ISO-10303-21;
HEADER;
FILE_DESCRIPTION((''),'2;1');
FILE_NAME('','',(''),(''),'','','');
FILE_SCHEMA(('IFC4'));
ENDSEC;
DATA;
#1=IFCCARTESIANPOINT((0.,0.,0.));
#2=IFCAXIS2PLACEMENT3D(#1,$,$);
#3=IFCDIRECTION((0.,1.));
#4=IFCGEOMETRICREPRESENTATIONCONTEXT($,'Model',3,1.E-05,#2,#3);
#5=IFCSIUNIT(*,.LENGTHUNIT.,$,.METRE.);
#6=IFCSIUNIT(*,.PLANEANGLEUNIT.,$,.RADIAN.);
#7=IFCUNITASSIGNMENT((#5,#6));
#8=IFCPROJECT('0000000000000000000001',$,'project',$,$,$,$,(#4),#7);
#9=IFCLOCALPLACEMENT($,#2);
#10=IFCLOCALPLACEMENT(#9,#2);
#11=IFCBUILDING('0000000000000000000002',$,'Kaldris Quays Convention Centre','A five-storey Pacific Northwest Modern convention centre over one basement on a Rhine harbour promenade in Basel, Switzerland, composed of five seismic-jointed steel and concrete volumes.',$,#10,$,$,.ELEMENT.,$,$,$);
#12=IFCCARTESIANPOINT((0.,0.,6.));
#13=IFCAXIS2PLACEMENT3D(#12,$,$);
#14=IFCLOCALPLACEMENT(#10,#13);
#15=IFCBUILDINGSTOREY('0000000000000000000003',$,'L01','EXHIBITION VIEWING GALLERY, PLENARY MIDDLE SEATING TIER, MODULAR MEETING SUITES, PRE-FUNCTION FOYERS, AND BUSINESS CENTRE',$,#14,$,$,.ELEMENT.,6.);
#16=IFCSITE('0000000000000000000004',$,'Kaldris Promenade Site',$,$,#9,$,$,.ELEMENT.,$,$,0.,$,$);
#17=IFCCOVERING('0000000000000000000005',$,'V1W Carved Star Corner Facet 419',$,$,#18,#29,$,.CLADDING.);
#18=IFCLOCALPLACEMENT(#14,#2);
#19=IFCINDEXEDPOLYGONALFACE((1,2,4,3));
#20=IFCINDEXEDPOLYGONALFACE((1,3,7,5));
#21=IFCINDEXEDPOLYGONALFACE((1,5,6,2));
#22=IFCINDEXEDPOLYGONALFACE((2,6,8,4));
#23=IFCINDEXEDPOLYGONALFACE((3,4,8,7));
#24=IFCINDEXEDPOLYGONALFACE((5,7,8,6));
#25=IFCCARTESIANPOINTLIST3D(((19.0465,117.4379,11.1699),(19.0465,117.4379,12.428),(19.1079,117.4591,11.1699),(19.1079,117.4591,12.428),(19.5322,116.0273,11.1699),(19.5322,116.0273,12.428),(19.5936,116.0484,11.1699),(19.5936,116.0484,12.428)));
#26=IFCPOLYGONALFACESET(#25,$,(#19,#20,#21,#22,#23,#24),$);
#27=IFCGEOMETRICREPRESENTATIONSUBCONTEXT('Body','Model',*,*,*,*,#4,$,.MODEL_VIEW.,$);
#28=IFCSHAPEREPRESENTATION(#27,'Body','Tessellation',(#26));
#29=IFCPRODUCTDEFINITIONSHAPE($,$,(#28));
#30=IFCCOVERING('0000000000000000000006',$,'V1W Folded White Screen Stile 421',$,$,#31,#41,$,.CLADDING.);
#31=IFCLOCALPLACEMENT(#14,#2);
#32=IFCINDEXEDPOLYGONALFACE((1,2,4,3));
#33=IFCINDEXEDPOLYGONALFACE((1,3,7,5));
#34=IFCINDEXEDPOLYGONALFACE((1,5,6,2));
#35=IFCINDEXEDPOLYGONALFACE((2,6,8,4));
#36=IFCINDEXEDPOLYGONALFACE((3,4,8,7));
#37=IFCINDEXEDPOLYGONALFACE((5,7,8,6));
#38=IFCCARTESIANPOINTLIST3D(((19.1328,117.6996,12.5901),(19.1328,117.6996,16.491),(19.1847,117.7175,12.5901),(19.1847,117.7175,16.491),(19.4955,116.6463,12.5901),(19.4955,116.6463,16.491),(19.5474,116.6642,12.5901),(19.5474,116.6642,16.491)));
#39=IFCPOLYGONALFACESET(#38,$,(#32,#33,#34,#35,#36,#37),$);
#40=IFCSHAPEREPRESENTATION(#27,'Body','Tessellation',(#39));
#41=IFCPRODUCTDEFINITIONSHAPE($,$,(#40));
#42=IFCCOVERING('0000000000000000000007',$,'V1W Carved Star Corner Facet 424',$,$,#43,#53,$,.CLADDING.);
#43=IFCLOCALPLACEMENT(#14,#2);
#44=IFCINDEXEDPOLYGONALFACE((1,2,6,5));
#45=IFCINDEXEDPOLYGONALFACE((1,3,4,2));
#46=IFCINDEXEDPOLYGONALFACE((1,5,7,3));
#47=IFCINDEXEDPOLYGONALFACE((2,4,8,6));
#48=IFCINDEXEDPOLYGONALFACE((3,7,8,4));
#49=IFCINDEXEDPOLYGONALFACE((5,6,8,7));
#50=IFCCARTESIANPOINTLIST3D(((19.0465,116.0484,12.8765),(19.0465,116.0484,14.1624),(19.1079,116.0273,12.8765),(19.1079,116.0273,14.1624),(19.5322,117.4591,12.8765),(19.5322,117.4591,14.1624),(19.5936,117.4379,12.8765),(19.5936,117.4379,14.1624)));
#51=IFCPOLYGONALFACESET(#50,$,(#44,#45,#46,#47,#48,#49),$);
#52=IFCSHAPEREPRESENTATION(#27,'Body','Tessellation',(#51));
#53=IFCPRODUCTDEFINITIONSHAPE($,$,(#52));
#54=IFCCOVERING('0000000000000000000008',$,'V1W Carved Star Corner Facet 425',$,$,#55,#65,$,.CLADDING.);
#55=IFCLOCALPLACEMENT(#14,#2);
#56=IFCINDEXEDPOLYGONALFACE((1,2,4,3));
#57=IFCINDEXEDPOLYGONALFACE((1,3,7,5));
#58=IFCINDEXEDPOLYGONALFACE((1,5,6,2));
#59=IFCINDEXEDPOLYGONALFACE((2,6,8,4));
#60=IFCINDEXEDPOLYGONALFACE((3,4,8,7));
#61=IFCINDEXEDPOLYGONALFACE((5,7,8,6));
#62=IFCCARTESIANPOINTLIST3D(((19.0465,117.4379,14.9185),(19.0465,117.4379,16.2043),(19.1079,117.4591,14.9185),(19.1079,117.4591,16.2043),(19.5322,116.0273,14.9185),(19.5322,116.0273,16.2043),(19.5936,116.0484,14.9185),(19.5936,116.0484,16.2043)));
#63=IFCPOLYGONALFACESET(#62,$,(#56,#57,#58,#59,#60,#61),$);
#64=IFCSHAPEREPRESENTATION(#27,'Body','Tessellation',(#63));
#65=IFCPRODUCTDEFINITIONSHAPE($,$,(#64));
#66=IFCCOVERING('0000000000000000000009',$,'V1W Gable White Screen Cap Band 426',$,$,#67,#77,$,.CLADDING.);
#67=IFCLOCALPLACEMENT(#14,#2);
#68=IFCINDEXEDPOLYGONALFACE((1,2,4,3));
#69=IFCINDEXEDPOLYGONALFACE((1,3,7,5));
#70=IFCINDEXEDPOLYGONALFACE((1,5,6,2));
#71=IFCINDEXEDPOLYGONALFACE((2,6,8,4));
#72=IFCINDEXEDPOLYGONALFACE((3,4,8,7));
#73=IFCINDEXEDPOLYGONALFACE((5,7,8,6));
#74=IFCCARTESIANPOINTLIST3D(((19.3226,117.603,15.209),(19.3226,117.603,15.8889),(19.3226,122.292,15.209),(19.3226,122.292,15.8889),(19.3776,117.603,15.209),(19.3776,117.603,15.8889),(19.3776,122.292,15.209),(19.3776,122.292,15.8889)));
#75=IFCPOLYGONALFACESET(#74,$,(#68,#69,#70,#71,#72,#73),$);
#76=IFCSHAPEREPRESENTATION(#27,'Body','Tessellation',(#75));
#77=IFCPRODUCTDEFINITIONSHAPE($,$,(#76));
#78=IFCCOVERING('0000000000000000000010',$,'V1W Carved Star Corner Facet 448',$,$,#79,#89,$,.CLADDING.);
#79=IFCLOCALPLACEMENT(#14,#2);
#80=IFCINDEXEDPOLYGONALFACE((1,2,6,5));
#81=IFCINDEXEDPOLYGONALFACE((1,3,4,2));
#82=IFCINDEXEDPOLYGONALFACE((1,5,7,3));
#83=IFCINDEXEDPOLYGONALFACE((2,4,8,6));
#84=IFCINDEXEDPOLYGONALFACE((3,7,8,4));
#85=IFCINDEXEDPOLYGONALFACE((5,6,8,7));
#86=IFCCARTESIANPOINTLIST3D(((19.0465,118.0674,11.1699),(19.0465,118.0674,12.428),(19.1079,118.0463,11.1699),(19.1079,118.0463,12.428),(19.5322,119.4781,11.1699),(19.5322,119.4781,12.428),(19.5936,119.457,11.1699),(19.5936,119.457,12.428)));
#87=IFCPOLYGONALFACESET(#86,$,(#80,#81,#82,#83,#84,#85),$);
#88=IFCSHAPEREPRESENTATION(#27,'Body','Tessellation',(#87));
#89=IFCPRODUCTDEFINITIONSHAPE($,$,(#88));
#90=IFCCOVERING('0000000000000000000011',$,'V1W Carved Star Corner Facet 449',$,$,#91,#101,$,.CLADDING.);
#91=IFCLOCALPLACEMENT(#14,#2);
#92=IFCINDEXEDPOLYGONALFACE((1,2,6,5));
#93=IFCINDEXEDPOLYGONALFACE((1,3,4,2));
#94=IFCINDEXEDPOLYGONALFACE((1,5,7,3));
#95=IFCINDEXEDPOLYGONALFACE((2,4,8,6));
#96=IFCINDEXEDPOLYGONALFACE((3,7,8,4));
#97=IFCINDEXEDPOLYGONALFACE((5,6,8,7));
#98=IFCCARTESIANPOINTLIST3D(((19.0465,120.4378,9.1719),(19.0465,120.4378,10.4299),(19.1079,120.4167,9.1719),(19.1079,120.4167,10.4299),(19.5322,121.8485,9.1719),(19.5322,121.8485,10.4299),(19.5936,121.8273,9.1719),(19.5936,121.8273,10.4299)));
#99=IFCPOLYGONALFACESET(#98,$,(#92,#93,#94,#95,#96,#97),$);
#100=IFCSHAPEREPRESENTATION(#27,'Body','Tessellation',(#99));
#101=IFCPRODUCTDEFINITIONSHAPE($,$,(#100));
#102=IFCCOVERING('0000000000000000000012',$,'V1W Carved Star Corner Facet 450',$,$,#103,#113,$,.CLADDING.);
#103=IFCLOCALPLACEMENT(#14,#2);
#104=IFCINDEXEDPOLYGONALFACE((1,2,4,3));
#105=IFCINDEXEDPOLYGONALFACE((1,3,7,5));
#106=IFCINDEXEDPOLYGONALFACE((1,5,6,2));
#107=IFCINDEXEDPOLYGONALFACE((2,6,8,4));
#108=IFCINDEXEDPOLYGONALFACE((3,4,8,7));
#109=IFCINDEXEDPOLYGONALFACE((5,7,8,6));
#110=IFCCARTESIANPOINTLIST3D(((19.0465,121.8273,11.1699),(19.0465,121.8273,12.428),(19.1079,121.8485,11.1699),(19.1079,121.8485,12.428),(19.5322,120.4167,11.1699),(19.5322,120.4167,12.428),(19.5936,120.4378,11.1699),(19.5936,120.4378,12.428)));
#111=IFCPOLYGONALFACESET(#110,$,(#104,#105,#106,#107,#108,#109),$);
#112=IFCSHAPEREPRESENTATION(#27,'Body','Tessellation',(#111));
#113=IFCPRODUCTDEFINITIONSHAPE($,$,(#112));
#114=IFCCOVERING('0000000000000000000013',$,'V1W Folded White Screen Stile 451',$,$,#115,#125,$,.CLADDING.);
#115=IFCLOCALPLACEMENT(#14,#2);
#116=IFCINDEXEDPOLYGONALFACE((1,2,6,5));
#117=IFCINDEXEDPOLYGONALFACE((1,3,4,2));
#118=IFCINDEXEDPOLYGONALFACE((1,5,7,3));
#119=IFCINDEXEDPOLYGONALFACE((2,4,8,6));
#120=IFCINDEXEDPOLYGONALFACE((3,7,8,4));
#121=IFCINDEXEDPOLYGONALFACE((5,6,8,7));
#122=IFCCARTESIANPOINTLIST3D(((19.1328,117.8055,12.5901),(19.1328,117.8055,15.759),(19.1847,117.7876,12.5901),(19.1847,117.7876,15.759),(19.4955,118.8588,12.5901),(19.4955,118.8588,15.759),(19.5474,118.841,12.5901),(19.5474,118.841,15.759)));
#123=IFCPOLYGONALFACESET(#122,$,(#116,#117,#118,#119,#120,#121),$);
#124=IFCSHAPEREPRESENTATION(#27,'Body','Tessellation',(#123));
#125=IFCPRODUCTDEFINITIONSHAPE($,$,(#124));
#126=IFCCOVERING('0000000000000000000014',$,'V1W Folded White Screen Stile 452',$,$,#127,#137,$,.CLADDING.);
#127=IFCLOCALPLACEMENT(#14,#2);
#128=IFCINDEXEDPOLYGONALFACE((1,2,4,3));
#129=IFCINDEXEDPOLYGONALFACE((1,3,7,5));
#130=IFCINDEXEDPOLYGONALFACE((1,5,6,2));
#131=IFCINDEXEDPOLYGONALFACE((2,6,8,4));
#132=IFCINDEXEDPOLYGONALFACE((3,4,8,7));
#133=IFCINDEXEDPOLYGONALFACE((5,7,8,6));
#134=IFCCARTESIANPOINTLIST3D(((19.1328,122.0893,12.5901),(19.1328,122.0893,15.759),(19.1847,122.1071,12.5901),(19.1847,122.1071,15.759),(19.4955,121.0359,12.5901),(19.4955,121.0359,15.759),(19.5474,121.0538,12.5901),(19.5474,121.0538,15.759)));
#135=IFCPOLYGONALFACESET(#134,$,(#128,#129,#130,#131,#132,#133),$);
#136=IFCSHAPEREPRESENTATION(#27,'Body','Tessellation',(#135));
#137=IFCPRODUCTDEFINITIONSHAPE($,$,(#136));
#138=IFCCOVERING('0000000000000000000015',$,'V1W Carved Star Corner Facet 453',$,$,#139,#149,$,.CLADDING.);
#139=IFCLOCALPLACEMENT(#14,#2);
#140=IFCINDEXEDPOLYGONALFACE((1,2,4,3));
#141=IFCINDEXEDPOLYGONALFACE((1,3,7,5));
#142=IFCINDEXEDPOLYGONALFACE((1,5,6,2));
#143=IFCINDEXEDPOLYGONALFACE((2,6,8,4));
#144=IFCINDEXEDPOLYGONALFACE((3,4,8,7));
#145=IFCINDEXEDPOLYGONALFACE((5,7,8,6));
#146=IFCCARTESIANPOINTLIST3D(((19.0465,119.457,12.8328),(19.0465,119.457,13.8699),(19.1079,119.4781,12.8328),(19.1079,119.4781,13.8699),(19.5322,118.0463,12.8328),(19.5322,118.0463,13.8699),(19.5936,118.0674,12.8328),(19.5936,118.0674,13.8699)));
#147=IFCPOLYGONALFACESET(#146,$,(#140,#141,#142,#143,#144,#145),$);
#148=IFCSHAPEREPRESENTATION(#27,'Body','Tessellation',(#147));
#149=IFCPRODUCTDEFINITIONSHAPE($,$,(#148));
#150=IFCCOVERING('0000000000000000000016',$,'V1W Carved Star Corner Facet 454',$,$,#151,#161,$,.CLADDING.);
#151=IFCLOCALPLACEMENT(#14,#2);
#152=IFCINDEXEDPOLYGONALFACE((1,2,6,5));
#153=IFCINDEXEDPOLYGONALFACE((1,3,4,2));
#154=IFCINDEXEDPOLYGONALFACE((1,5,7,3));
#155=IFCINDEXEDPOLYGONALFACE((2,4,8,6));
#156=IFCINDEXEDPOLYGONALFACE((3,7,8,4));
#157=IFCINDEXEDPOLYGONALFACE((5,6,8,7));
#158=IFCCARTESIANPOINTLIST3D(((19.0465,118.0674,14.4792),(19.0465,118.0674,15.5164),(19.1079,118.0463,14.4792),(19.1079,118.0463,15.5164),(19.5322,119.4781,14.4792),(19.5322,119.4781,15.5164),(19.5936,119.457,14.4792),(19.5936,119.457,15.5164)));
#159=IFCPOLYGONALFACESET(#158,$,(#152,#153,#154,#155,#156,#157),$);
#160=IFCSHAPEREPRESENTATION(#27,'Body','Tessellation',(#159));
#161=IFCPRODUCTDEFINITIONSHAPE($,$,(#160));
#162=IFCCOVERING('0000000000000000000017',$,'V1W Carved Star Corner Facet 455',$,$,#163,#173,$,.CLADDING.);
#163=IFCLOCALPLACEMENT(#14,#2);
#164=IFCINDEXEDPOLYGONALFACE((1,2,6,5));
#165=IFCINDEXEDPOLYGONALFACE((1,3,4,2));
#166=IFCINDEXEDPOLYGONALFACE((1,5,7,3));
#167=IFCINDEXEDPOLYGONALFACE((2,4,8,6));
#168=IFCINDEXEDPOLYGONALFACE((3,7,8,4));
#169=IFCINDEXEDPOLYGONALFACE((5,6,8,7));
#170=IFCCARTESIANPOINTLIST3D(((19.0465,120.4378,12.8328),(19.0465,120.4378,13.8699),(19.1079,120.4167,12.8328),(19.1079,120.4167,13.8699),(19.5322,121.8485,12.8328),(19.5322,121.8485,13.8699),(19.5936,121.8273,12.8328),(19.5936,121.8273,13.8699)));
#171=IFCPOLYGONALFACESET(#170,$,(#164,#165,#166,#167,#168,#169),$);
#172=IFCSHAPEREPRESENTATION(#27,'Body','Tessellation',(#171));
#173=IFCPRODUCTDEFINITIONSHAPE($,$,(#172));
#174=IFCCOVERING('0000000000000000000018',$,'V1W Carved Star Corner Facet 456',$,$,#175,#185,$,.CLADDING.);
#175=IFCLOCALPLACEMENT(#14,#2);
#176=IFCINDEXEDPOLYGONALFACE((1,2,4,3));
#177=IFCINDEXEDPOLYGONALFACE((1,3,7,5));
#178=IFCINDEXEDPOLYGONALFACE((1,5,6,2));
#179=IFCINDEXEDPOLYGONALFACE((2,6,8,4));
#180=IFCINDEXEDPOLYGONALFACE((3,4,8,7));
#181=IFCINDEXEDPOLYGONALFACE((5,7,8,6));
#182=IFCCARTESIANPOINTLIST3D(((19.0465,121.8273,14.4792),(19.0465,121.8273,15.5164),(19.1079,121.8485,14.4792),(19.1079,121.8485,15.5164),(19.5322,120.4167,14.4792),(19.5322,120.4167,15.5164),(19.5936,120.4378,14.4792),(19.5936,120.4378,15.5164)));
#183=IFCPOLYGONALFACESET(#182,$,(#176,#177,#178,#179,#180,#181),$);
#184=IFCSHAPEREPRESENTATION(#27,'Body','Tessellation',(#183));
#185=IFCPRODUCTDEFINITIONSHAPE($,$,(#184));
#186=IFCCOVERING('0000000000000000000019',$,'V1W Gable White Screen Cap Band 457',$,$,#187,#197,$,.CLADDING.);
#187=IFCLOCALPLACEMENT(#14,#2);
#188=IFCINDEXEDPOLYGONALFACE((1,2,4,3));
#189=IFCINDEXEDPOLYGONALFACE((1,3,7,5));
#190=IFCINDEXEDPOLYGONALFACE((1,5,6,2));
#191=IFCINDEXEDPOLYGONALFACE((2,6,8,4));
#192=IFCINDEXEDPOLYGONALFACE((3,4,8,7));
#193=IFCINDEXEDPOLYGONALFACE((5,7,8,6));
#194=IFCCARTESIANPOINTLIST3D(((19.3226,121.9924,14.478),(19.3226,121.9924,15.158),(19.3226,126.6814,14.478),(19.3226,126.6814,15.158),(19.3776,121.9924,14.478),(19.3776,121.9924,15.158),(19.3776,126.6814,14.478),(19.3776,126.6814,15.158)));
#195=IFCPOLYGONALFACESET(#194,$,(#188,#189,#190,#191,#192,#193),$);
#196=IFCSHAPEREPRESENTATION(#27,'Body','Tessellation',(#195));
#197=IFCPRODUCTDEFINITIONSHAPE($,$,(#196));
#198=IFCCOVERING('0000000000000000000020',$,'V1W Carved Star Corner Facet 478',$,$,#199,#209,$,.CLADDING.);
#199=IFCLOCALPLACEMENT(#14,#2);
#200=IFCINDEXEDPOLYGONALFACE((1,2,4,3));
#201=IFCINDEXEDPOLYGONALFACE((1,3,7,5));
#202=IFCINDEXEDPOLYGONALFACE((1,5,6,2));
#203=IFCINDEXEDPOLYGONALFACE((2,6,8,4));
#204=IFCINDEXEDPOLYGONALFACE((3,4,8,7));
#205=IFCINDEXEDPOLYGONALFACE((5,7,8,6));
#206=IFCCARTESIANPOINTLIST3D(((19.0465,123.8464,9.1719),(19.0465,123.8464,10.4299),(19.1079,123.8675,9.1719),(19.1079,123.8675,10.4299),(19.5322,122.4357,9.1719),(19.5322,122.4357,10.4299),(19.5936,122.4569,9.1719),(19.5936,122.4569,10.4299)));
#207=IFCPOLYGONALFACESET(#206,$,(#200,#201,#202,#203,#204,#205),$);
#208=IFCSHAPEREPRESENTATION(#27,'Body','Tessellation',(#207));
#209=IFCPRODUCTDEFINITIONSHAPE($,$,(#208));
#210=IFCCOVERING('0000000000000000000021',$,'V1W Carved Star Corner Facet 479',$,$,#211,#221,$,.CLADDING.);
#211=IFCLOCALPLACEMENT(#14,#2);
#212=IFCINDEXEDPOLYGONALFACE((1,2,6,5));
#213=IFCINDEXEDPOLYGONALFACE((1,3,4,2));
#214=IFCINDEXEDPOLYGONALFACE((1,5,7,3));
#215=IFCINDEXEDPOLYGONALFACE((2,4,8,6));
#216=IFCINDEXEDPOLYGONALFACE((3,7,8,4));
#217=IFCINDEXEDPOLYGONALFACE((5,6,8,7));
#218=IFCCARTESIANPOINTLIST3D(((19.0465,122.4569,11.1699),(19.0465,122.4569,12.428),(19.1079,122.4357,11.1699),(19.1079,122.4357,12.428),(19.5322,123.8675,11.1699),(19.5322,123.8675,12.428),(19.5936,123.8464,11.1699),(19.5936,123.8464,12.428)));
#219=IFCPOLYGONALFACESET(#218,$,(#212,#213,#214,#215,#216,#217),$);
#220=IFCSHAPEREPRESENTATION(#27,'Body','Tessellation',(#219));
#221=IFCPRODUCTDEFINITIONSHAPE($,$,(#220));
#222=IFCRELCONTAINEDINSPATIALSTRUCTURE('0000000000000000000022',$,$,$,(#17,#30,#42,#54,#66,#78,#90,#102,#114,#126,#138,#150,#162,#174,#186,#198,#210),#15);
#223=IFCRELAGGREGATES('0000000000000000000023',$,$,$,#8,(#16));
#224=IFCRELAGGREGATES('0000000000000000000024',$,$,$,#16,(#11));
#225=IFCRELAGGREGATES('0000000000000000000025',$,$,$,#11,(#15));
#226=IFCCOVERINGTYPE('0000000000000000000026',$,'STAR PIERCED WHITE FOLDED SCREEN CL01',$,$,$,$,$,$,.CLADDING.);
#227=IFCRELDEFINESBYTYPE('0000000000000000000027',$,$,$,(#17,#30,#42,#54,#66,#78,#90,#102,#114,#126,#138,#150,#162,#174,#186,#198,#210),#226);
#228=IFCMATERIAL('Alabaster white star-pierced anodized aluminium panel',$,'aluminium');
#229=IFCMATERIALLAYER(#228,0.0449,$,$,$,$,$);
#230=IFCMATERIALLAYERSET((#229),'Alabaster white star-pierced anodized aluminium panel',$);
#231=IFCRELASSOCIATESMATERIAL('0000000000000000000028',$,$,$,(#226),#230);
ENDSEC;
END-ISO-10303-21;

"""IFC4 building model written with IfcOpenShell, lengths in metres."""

from ifc_helpers import new_model, si_unit, direction, frame, origin, origin_2d, place, context, subcontext, project, spatial, rectangle, extrude, material, layer, layer_set, type_object, element, save


model = new_model("IFC4")

# Units and contexts
model_context = context("Model", 3, precision=1e-05, world=origin(), true_north=direction((0.0, 1.0)))
body_context = subcontext(model_context, "Body", "Model", "MODEL_VIEW")
ifc_project = project(units=[si_unit("LENGTHUNIT", "METRE"), si_unit("PLANEANGLEUNIT", "RADIAN")], contexts=[model_context])

# Site, building, storey
site_placement = place(None, origin())
site = spatial("IfcSite", under=ifc_project, at=site_placement, Name="Kaldris Promenade Site", CompositionType="ELEMENT", RefElevation=0.0)
building_placement = place(site_placement, origin())
building = spatial("IfcBuilding", under=site, at=building_placement, Name="Kaldris Quays Convention Centre", Description="A five-storey Pacific Northwest Modern convention centre over one basement on a Rhine harbour promenade in Basel, Switzerland, composed of five seismic-jointed steel and concrete volumes.", CompositionType="ELEMENT")
storey_placement = place(building_placement, frame((0.0, 0.0, 6.0)))
storey = spatial("IfcBuildingStorey", under=building, at=storey_placement, Name="L01", Description="EXHIBITION VIEWING GALLERY, PLENARY MIDDLE SEATING TIER, MODULAR MEETING SUITES, PRE-FUNCTION FOYERS, AND BUSINESS CENTRE", CompositionType="ELEMENT", Elevation=6.0)

# Coverings
ifc_material_1 = material(Name="Alabaster white star-pierced anodized aluminium panel", Category="aluminium")
ifc_layer = layer(ifc_material_1, 0.0449)
ifc_layer_set = layer_set([ifc_layer], Name="Alabaster white star-pierced anodized aluminium panel")
covering_type = type_object("IfcCoveringType", Name="STAR PIERCED WHITE FOLDED SCREEN CL01", PredefinedType="CLADDING", material=ifc_layer_set)
covering_1_placement = place(storey_placement, frame((19.3201, 116.7432, 11.1699), z_axis=(0.0, 0.0, 1.0), x_axis=(-0.325568, 0.945519, 0.0)))
element("IfcCovering", 1, at=covering_1_placement, inside=storey, type_object=covering_type, Name="V1W Carved Star Corner Facet 419", PredefinedType="CLADDING", context=body_context, shape_type="SweptSolid", body=[
    extrude(rectangle(XDim=1.4919, YDim=0.0649, at=origin_2d()), origin(), (0.0, 0.0, 1.0), 1.2581),
])
covering_2_placement = place(storey_placement, frame((19.3401, 117.1819, 12.5901), z_axis=(0.0, 0.0, 1.0), x_axis=(-0.325568, 0.945519, 0.0)))
element("IfcCovering", 2, at=covering_2_placement, inside=storey, type_object=covering_type, Name="V1W Folded White Screen Stile 421", PredefinedType="CLADDING", context=body_context, shape_type="SweptSolid", body=[
    extrude(rectangle(XDim=1.114, YDim=0.0549, at=origin_2d()), origin(), (0.0, 0.0, 1.0), 3.9009),
])
for number, where, z_axis, x_axis, name in (
    (3, (19.3201, 116.7432, 12.8765), (0.0, 0.0, 1.0), (0.325568, 0.945519, 0.0), "V1W Carved Star Corner Facet 424"),
    (4, (19.3201, 116.7432, 14.9185), (0.0, 0.0, 1.0), (-0.325568, 0.945519, 0.0), "V1W Carved Star Corner Facet 425"),
):
    element("IfcCovering", number, at=place(storey_placement, frame(where, z_axis=z_axis, x_axis=x_axis)), inside=storey, type_object=covering_type, Name=name, PredefinedType="CLADDING", context=body_context, shape_type="SweptSolid", body=[
        extrude(rectangle(XDim=1.4919, YDim=0.0649, at=origin_2d()), origin(), (0.0, 0.0, 1.0), 1.2859),
    ])
covering_3_placement = place(storey_placement, frame((19.3501, 119.9475, 15.209), z_axis=(0.0, 0.0, 1.0), x_axis=(0.0, 1.0, 0.0)))
element("IfcCovering", 5, at=covering_3_placement, inside=storey, type_object=covering_type, Name="V1W Gable White Screen Cap Band 426", PredefinedType="CLADDING", context=body_context, shape_type="SweptSolid", body=[
    extrude(rectangle(XDim=4.689, YDim=0.0549, at=origin_2d()), origin(), (0.0, 0.0, 1.0), 0.6799),
])
for number, where, z_axis, x_axis, name in (
    (6, (19.3201, 118.7622, 11.1699), (0.0, 0.0, 1.0), (0.325568, 0.945519, 0.0), "V1W Carved Star Corner Facet 448"),
    (7, (19.3201, 121.1326, 9.1719), (0.0, 0.0, 1.0), (0.325568, 0.945519, 0.0), "V1W Carved Star Corner Facet 449"),
    (8, (19.3201, 121.1326, 11.1699), (0.0, 0.0, 1.0), (-0.325568, 0.945519, 0.0), "V1W Carved Star Corner Facet 450"),
):
    element("IfcCovering", number, at=place(storey_placement, frame(where, z_axis=z_axis, x_axis=x_axis)), inside=storey, type_object=covering_type, Name=name, PredefinedType="CLADDING", context=body_context, shape_type="SweptSolid", body=[
        extrude(rectangle(XDim=1.4919, YDim=0.0649, at=origin_2d()), origin(), (0.0, 0.0, 1.0), 1.2581),
    ])
for number, where, z_axis, x_axis, name in (
    (9, (19.3401, 118.3232, 12.5901), (0.0, 0.0, 1.0), (0.325568, 0.945519, 0.0), "V1W Folded White Screen Stile 451"),
    (10, (19.3401, 121.5715, 12.5901), (0.0, 0.0, 1.0), (-0.325568, 0.945519, 0.0), "V1W Folded White Screen Stile 452"),
):
    element("IfcCovering", number, at=place(storey_placement, frame(where, z_axis=z_axis, x_axis=x_axis)), inside=storey, type_object=covering_type, Name=name, PredefinedType="CLADDING", context=body_context, shape_type="SweptSolid", body=[
        extrude(rectangle(XDim=1.114, YDim=0.0549, at=origin_2d()), origin(), (0.0, 0.0, 1.0), 3.1689),
    ])
for number, where, z_axis, x_axis, name in (
    (11, (19.3201, 118.7622, 12.8328), (0.0, 0.0, 1.0), (-0.325568, 0.945519, 0.0), "V1W Carved Star Corner Facet 453"),
    (12, (19.3201, 118.7622, 14.4792), (0.0, 0.0, 1.0), (0.325568, 0.945519, 0.0), "V1W Carved Star Corner Facet 454"),
    (13, (19.3201, 121.1326, 12.8328), (0.0, 0.0, 1.0), (0.325568, 0.945519, 0.0), "V1W Carved Star Corner Facet 455"),
    (14, (19.3201, 121.1326, 14.4792), (0.0, 0.0, 1.0), (-0.325568, 0.945519, 0.0), "V1W Carved Star Corner Facet 456"),
):
    element("IfcCovering", number, at=place(storey_placement, frame(where, z_axis=z_axis, x_axis=x_axis)), inside=storey, type_object=covering_type, Name=name, PredefinedType="CLADDING", context=body_context, shape_type="SweptSolid", body=[
        extrude(rectangle(XDim=1.4919, YDim=0.0649, at=origin_2d()), origin(), (0.0, 0.0, 1.0), 1.0371),
    ])
covering_4_placement = place(storey_placement, frame((19.3501, 124.3369, 14.478), z_axis=(0.0, 0.0, 1.0), x_axis=(0.0, 1.0, 0.0)))
element("IfcCovering", 15, at=covering_4_placement, inside=storey, type_object=covering_type, Name="V1W Gable White Screen Cap Band 457", PredefinedType="CLADDING", context=body_context, shape_type="SweptSolid", body=[
    extrude(rectangle(XDim=4.689, YDim=0.0549, at=origin_2d()), origin(), (0.0, 0.0, 1.0), 0.6799),
])
for number, where, z_axis, x_axis, name in (
    (16, (19.3201, 123.1516, 9.1719), (0.0, 0.0, 1.0), (-0.325568, 0.945519, 0.0), "V1W Carved Star Corner Facet 478"),
    (17, (19.3201, 123.1516, 11.1699), (0.0, 0.0, 1.0), (0.325568, 0.945519, 0.0), "V1W Carved Star Corner Facet 479"),
):
    element("IfcCovering", number, at=place(storey_placement, frame(where, z_axis=z_axis, x_axis=x_axis)), inside=storey, type_object=covering_type, Name=name, PredefinedType="CLADDING", context=body_context, shape_type="SweptSolid", body=[
        extrude(rectangle(XDim=1.4919, YDim=0.0649, at=origin_2d()), origin(), (0.0, 0.0, 1.0), 1.2581),
    ])

save(model, "model.ifc")
